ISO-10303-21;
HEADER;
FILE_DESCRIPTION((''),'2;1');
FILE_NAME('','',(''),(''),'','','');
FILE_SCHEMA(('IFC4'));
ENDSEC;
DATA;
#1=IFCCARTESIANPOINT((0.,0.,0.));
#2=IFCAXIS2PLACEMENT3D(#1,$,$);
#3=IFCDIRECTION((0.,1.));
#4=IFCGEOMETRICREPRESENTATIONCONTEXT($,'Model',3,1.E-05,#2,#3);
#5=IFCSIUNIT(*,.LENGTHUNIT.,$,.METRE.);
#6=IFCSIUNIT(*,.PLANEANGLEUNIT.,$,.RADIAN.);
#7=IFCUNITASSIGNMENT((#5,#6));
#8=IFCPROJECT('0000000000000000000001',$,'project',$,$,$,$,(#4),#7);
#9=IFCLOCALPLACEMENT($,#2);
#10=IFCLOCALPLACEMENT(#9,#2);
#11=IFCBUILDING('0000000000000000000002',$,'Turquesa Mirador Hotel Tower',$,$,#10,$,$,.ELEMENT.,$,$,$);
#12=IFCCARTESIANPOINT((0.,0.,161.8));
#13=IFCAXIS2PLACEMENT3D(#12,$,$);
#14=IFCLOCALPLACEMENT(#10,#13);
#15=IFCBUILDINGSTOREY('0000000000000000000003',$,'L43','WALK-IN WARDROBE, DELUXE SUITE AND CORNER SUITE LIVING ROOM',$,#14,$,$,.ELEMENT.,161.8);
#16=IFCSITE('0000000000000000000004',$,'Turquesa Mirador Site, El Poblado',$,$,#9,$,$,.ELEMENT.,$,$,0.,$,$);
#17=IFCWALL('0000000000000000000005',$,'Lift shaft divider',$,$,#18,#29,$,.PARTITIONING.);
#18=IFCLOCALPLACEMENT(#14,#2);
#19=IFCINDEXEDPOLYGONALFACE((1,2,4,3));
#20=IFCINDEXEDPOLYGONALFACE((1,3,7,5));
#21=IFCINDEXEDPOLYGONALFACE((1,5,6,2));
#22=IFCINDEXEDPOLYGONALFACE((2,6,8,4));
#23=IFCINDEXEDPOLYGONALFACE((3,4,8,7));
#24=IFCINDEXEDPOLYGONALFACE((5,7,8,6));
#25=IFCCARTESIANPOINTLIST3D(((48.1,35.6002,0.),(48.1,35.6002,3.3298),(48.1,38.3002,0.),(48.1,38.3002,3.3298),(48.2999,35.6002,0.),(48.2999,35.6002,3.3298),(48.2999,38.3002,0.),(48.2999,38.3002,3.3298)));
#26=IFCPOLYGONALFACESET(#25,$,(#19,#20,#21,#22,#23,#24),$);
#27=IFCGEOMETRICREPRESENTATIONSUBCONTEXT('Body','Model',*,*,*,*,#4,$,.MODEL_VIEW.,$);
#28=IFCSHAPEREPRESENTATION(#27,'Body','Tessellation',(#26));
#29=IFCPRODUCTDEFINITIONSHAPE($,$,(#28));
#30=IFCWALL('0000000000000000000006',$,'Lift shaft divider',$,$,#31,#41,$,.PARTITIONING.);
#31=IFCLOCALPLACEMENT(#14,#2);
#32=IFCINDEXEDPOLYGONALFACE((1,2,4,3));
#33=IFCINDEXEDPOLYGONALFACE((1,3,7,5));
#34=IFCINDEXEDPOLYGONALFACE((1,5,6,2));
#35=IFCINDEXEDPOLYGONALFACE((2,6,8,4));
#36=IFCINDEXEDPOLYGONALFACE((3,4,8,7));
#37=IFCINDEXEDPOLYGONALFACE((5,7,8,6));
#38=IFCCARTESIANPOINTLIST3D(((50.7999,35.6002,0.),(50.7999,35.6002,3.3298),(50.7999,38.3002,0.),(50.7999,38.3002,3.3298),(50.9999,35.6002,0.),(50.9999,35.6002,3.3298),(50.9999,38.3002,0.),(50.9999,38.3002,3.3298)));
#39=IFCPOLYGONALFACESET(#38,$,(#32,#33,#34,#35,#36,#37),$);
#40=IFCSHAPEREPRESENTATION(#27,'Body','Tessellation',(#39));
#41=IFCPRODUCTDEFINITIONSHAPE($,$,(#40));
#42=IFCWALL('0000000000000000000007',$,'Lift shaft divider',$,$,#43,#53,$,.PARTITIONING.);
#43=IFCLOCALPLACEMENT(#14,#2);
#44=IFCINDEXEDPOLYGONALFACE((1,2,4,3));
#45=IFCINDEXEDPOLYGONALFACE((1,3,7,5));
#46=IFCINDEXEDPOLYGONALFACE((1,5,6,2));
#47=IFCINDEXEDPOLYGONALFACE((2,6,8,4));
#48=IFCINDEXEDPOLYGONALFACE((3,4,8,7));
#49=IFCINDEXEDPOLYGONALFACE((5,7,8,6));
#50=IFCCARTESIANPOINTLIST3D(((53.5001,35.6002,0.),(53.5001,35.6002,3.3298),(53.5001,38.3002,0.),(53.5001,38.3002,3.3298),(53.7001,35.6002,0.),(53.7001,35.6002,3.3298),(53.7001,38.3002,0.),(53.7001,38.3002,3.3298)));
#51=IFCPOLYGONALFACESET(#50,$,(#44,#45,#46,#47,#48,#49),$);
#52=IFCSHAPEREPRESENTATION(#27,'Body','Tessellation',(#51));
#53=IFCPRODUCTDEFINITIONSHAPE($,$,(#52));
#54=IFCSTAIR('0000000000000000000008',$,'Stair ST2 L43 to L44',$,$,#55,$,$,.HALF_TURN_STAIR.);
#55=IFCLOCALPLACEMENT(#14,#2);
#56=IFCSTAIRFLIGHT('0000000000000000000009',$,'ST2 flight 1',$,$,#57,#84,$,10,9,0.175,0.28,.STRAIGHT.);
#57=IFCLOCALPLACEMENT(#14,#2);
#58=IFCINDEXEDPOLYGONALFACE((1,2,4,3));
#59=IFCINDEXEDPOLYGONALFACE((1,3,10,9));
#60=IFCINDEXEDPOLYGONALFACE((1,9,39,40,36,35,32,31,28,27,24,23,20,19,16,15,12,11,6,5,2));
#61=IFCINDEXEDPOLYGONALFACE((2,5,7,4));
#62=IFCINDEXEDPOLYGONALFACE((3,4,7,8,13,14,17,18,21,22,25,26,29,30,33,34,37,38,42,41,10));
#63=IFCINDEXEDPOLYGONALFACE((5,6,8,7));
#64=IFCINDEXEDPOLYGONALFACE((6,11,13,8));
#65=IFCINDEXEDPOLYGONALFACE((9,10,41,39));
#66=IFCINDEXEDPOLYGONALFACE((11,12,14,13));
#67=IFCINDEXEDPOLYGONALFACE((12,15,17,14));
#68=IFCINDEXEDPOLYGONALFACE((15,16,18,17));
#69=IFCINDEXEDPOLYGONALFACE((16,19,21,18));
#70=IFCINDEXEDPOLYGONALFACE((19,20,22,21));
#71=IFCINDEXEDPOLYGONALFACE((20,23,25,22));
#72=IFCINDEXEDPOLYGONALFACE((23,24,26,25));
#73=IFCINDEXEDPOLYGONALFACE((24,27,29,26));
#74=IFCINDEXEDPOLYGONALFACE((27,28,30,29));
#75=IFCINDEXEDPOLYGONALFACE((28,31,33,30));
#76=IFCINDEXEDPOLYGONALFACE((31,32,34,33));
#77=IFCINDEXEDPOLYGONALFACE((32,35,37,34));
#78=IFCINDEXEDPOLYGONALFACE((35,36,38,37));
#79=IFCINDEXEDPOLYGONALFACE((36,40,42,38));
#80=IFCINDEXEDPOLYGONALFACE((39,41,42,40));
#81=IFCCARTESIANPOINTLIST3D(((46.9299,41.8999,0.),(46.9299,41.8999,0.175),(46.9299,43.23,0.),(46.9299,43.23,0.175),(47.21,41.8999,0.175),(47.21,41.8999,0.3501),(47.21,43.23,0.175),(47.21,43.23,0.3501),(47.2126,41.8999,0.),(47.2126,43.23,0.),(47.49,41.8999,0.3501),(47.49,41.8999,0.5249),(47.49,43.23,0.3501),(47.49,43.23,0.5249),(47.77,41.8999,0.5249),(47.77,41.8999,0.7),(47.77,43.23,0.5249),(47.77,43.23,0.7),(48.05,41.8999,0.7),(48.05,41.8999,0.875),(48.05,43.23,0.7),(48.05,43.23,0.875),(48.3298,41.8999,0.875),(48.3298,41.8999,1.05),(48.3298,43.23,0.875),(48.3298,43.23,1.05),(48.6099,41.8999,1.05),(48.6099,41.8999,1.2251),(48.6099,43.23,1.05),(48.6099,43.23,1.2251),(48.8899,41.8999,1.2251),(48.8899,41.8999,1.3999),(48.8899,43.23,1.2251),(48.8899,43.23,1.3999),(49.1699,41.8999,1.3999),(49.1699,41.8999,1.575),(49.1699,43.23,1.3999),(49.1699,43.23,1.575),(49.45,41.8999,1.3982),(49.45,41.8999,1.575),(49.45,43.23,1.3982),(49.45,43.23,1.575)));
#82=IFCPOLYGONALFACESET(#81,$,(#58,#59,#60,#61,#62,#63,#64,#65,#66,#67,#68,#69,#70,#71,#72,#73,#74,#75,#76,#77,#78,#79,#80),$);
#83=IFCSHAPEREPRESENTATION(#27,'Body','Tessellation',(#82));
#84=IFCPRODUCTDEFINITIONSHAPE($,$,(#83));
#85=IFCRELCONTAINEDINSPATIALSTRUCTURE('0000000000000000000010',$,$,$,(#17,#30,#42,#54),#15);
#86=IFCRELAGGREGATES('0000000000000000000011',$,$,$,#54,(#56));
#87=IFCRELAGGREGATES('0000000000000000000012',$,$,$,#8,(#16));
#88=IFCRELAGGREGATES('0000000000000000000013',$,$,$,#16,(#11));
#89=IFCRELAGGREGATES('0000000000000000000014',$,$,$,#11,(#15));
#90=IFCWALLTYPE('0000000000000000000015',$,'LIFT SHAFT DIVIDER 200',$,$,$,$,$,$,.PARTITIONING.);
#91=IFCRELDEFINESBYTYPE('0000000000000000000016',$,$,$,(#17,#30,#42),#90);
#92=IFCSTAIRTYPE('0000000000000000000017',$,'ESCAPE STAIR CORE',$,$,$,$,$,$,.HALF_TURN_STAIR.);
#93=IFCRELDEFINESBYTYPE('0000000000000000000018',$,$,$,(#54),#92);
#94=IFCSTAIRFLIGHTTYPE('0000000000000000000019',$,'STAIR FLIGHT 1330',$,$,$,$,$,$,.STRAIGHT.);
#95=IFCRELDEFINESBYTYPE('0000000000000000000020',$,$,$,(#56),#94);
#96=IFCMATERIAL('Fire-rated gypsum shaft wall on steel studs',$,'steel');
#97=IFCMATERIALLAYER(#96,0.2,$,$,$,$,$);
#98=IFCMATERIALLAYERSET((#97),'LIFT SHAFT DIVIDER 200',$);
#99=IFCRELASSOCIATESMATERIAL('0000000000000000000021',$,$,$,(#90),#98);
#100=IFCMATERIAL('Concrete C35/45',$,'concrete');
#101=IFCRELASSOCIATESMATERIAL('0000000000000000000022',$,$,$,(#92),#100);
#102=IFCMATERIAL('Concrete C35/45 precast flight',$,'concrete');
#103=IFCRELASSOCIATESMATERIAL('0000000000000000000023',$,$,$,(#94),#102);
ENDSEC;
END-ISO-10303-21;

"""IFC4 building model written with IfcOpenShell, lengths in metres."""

from ifc_helpers import new_model, si_unit, direction, frame, frame_2d, origin, place, context, subcontext, project, spatial, polyline, rectangle, outline, extrude, material, layer, layer_set, type_object, element, aggregate, save


model = new_model("IFC4")

# Units and contexts
model_context = context("Model", 3, precision=1e-05, world=origin(), true_north=direction((0.0, 1.0)))
body_context = subcontext(model_context, "Body", "Model", "MODEL_VIEW")
ifc_project = project(units=[si_unit("LENGTHUNIT", "METRE"), si_unit("PLANEANGLEUNIT", "RADIAN")], contexts=[model_context])

# Site, building, storey
site_placement = place(None, origin())
site = spatial("IfcSite", under=ifc_project, at=site_placement, Name="Turquesa Mirador Site, El Poblado", CompositionType="ELEMENT", RefElevation=0.0)
building_placement = place(site_placement, origin())
building = spatial("IfcBuilding", under=site, at=building_placement, Name="Turquesa Mirador Hotel Tower", CompositionType="ELEMENT")
storey_placement = place(building_placement, frame((0.0, 0.0, 161.8)))
storey = spatial("IfcBuildingStorey", under=building, at=storey_placement, Name="L43", Description="WALK-IN WARDROBE, DELUXE SUITE AND CORNER SUITE LIVING ROOM", CompositionType="ELEMENT", Elevation=161.8)

# Walls
ifc_material_1 = material(Name="Fire-rated gypsum shaft wall on steel studs", Category="steel")
ifc_layer_1 = layer(ifc_material_1, 0.2)
ifc_layer_set_1 = layer_set([ifc_layer_1], Name="LIFT SHAFT DIVIDER 200")
wall_type_1 = type_object("IfcWallType", Name="LIFT SHAFT DIVIDER 200", PredefinedType="PARTITIONING", material=ifc_layer_set_1)
for number, where, z_axis, x_axis, name in (
    (1, (48.2, 35.6001, 0.0), (0.0, 0.0, 1.0), (0.0, 1.0, 0.0), "Lift shaft divider"),
    (2, (50.8999, 35.6001, 0.0), (0.0, 0.0, 1.0), (0.0, 1.0, 0.0), "Lift shaft divider"),
    (3, (53.6001, 35.6001, 0.0), (0.0, 0.0, 1.0), (0.0, 1.0, 0.0), "Lift shaft divider"),
):
    element("IfcWall", number, at=place(storey_placement, frame(where, z_axis=z_axis, x_axis=x_axis)), inside=storey, type_object=wall_type_1, Name=name, PredefinedType="PARTITIONING", context=body_context, shape_type="SweptSolid", body=[
        extrude(rectangle(XDim=2.7, YDim=0.2, at=frame_2d((1.3501, 0.0))), origin(), (0.0, 0.0, 1.0), 3.3298),
    ])

# Stair, stair flight
ifc_material_2 = material(Name="Concrete C35/45", Category="concrete")
stair_type = type_object("IfcStairType", Name="ESCAPE STAIR CORE", PredefinedType="HALF_TURN_STAIR", material=ifc_material_2)
stair_placement = place(storey_placement, origin())
stair = element("IfcStair", 4, at=stair_placement, inside=storey, type_object=stair_type, Name="Stair ST2 L43 to L44", PredefinedType="HALF_TURN_STAIR")
ifc_material_3 = material(Name="Concrete C35/45 precast flight", Category="concrete")
stair_flight_type = type_object("IfcStairFlightType", Name="STAIR FLIGHT 1330", PredefinedType="STRAIGHT", material=ifc_material_3)
stair_flight_placement = place(storey_placement, frame((46.9299, 42.5649, 0.0), z_axis=(0.0, 0.0, 1.0), x_axis=(1.0, 0.0, 0.0)))
stair_flight = element("IfcStairFlight", 5, at=stair_flight_placement, type_object=stair_flight_type, Name="ST2 flight 1", NumberOfRisers=10, NumberOfTreads=9, PredefinedType="STRAIGHT", RiserHeight=0.175, TreadLength=0.28, context=body_context, shape_type="SweptSolid", body=[
    extrude(outline(polyline([(0.0, 0.0), (0.0, 0.175), (0.28, 0.175), (0.28, 0.3501), (0.5601, 0.3501), (0.5601, 0.5249), (0.8401, 0.5249), (0.8401, 0.7), (1.1201, 0.7), (1.1201, 0.875), (1.3999, 0.875), (1.3999, 1.05), (1.6799, 1.05), (1.6799, 1.2251), (1.96, 1.2251), (1.96, 1.3999), (2.24, 1.3999), (2.24, 1.575), (2.52, 1.575), (2.52, 1.75), (2.52, 1.3982), (0.2827, 0.0), (0.0, 0.0)])), frame((0.0, 0.665, 0.0), z_axis=(0.0, -1.0, 0.0), x_axis=(1.0, 0.0, 0.0)), (0.0, 0.0, 1.0), 1.3301),
])
aggregate(stair, [stair_flight])

save(model, "model.ifc")
